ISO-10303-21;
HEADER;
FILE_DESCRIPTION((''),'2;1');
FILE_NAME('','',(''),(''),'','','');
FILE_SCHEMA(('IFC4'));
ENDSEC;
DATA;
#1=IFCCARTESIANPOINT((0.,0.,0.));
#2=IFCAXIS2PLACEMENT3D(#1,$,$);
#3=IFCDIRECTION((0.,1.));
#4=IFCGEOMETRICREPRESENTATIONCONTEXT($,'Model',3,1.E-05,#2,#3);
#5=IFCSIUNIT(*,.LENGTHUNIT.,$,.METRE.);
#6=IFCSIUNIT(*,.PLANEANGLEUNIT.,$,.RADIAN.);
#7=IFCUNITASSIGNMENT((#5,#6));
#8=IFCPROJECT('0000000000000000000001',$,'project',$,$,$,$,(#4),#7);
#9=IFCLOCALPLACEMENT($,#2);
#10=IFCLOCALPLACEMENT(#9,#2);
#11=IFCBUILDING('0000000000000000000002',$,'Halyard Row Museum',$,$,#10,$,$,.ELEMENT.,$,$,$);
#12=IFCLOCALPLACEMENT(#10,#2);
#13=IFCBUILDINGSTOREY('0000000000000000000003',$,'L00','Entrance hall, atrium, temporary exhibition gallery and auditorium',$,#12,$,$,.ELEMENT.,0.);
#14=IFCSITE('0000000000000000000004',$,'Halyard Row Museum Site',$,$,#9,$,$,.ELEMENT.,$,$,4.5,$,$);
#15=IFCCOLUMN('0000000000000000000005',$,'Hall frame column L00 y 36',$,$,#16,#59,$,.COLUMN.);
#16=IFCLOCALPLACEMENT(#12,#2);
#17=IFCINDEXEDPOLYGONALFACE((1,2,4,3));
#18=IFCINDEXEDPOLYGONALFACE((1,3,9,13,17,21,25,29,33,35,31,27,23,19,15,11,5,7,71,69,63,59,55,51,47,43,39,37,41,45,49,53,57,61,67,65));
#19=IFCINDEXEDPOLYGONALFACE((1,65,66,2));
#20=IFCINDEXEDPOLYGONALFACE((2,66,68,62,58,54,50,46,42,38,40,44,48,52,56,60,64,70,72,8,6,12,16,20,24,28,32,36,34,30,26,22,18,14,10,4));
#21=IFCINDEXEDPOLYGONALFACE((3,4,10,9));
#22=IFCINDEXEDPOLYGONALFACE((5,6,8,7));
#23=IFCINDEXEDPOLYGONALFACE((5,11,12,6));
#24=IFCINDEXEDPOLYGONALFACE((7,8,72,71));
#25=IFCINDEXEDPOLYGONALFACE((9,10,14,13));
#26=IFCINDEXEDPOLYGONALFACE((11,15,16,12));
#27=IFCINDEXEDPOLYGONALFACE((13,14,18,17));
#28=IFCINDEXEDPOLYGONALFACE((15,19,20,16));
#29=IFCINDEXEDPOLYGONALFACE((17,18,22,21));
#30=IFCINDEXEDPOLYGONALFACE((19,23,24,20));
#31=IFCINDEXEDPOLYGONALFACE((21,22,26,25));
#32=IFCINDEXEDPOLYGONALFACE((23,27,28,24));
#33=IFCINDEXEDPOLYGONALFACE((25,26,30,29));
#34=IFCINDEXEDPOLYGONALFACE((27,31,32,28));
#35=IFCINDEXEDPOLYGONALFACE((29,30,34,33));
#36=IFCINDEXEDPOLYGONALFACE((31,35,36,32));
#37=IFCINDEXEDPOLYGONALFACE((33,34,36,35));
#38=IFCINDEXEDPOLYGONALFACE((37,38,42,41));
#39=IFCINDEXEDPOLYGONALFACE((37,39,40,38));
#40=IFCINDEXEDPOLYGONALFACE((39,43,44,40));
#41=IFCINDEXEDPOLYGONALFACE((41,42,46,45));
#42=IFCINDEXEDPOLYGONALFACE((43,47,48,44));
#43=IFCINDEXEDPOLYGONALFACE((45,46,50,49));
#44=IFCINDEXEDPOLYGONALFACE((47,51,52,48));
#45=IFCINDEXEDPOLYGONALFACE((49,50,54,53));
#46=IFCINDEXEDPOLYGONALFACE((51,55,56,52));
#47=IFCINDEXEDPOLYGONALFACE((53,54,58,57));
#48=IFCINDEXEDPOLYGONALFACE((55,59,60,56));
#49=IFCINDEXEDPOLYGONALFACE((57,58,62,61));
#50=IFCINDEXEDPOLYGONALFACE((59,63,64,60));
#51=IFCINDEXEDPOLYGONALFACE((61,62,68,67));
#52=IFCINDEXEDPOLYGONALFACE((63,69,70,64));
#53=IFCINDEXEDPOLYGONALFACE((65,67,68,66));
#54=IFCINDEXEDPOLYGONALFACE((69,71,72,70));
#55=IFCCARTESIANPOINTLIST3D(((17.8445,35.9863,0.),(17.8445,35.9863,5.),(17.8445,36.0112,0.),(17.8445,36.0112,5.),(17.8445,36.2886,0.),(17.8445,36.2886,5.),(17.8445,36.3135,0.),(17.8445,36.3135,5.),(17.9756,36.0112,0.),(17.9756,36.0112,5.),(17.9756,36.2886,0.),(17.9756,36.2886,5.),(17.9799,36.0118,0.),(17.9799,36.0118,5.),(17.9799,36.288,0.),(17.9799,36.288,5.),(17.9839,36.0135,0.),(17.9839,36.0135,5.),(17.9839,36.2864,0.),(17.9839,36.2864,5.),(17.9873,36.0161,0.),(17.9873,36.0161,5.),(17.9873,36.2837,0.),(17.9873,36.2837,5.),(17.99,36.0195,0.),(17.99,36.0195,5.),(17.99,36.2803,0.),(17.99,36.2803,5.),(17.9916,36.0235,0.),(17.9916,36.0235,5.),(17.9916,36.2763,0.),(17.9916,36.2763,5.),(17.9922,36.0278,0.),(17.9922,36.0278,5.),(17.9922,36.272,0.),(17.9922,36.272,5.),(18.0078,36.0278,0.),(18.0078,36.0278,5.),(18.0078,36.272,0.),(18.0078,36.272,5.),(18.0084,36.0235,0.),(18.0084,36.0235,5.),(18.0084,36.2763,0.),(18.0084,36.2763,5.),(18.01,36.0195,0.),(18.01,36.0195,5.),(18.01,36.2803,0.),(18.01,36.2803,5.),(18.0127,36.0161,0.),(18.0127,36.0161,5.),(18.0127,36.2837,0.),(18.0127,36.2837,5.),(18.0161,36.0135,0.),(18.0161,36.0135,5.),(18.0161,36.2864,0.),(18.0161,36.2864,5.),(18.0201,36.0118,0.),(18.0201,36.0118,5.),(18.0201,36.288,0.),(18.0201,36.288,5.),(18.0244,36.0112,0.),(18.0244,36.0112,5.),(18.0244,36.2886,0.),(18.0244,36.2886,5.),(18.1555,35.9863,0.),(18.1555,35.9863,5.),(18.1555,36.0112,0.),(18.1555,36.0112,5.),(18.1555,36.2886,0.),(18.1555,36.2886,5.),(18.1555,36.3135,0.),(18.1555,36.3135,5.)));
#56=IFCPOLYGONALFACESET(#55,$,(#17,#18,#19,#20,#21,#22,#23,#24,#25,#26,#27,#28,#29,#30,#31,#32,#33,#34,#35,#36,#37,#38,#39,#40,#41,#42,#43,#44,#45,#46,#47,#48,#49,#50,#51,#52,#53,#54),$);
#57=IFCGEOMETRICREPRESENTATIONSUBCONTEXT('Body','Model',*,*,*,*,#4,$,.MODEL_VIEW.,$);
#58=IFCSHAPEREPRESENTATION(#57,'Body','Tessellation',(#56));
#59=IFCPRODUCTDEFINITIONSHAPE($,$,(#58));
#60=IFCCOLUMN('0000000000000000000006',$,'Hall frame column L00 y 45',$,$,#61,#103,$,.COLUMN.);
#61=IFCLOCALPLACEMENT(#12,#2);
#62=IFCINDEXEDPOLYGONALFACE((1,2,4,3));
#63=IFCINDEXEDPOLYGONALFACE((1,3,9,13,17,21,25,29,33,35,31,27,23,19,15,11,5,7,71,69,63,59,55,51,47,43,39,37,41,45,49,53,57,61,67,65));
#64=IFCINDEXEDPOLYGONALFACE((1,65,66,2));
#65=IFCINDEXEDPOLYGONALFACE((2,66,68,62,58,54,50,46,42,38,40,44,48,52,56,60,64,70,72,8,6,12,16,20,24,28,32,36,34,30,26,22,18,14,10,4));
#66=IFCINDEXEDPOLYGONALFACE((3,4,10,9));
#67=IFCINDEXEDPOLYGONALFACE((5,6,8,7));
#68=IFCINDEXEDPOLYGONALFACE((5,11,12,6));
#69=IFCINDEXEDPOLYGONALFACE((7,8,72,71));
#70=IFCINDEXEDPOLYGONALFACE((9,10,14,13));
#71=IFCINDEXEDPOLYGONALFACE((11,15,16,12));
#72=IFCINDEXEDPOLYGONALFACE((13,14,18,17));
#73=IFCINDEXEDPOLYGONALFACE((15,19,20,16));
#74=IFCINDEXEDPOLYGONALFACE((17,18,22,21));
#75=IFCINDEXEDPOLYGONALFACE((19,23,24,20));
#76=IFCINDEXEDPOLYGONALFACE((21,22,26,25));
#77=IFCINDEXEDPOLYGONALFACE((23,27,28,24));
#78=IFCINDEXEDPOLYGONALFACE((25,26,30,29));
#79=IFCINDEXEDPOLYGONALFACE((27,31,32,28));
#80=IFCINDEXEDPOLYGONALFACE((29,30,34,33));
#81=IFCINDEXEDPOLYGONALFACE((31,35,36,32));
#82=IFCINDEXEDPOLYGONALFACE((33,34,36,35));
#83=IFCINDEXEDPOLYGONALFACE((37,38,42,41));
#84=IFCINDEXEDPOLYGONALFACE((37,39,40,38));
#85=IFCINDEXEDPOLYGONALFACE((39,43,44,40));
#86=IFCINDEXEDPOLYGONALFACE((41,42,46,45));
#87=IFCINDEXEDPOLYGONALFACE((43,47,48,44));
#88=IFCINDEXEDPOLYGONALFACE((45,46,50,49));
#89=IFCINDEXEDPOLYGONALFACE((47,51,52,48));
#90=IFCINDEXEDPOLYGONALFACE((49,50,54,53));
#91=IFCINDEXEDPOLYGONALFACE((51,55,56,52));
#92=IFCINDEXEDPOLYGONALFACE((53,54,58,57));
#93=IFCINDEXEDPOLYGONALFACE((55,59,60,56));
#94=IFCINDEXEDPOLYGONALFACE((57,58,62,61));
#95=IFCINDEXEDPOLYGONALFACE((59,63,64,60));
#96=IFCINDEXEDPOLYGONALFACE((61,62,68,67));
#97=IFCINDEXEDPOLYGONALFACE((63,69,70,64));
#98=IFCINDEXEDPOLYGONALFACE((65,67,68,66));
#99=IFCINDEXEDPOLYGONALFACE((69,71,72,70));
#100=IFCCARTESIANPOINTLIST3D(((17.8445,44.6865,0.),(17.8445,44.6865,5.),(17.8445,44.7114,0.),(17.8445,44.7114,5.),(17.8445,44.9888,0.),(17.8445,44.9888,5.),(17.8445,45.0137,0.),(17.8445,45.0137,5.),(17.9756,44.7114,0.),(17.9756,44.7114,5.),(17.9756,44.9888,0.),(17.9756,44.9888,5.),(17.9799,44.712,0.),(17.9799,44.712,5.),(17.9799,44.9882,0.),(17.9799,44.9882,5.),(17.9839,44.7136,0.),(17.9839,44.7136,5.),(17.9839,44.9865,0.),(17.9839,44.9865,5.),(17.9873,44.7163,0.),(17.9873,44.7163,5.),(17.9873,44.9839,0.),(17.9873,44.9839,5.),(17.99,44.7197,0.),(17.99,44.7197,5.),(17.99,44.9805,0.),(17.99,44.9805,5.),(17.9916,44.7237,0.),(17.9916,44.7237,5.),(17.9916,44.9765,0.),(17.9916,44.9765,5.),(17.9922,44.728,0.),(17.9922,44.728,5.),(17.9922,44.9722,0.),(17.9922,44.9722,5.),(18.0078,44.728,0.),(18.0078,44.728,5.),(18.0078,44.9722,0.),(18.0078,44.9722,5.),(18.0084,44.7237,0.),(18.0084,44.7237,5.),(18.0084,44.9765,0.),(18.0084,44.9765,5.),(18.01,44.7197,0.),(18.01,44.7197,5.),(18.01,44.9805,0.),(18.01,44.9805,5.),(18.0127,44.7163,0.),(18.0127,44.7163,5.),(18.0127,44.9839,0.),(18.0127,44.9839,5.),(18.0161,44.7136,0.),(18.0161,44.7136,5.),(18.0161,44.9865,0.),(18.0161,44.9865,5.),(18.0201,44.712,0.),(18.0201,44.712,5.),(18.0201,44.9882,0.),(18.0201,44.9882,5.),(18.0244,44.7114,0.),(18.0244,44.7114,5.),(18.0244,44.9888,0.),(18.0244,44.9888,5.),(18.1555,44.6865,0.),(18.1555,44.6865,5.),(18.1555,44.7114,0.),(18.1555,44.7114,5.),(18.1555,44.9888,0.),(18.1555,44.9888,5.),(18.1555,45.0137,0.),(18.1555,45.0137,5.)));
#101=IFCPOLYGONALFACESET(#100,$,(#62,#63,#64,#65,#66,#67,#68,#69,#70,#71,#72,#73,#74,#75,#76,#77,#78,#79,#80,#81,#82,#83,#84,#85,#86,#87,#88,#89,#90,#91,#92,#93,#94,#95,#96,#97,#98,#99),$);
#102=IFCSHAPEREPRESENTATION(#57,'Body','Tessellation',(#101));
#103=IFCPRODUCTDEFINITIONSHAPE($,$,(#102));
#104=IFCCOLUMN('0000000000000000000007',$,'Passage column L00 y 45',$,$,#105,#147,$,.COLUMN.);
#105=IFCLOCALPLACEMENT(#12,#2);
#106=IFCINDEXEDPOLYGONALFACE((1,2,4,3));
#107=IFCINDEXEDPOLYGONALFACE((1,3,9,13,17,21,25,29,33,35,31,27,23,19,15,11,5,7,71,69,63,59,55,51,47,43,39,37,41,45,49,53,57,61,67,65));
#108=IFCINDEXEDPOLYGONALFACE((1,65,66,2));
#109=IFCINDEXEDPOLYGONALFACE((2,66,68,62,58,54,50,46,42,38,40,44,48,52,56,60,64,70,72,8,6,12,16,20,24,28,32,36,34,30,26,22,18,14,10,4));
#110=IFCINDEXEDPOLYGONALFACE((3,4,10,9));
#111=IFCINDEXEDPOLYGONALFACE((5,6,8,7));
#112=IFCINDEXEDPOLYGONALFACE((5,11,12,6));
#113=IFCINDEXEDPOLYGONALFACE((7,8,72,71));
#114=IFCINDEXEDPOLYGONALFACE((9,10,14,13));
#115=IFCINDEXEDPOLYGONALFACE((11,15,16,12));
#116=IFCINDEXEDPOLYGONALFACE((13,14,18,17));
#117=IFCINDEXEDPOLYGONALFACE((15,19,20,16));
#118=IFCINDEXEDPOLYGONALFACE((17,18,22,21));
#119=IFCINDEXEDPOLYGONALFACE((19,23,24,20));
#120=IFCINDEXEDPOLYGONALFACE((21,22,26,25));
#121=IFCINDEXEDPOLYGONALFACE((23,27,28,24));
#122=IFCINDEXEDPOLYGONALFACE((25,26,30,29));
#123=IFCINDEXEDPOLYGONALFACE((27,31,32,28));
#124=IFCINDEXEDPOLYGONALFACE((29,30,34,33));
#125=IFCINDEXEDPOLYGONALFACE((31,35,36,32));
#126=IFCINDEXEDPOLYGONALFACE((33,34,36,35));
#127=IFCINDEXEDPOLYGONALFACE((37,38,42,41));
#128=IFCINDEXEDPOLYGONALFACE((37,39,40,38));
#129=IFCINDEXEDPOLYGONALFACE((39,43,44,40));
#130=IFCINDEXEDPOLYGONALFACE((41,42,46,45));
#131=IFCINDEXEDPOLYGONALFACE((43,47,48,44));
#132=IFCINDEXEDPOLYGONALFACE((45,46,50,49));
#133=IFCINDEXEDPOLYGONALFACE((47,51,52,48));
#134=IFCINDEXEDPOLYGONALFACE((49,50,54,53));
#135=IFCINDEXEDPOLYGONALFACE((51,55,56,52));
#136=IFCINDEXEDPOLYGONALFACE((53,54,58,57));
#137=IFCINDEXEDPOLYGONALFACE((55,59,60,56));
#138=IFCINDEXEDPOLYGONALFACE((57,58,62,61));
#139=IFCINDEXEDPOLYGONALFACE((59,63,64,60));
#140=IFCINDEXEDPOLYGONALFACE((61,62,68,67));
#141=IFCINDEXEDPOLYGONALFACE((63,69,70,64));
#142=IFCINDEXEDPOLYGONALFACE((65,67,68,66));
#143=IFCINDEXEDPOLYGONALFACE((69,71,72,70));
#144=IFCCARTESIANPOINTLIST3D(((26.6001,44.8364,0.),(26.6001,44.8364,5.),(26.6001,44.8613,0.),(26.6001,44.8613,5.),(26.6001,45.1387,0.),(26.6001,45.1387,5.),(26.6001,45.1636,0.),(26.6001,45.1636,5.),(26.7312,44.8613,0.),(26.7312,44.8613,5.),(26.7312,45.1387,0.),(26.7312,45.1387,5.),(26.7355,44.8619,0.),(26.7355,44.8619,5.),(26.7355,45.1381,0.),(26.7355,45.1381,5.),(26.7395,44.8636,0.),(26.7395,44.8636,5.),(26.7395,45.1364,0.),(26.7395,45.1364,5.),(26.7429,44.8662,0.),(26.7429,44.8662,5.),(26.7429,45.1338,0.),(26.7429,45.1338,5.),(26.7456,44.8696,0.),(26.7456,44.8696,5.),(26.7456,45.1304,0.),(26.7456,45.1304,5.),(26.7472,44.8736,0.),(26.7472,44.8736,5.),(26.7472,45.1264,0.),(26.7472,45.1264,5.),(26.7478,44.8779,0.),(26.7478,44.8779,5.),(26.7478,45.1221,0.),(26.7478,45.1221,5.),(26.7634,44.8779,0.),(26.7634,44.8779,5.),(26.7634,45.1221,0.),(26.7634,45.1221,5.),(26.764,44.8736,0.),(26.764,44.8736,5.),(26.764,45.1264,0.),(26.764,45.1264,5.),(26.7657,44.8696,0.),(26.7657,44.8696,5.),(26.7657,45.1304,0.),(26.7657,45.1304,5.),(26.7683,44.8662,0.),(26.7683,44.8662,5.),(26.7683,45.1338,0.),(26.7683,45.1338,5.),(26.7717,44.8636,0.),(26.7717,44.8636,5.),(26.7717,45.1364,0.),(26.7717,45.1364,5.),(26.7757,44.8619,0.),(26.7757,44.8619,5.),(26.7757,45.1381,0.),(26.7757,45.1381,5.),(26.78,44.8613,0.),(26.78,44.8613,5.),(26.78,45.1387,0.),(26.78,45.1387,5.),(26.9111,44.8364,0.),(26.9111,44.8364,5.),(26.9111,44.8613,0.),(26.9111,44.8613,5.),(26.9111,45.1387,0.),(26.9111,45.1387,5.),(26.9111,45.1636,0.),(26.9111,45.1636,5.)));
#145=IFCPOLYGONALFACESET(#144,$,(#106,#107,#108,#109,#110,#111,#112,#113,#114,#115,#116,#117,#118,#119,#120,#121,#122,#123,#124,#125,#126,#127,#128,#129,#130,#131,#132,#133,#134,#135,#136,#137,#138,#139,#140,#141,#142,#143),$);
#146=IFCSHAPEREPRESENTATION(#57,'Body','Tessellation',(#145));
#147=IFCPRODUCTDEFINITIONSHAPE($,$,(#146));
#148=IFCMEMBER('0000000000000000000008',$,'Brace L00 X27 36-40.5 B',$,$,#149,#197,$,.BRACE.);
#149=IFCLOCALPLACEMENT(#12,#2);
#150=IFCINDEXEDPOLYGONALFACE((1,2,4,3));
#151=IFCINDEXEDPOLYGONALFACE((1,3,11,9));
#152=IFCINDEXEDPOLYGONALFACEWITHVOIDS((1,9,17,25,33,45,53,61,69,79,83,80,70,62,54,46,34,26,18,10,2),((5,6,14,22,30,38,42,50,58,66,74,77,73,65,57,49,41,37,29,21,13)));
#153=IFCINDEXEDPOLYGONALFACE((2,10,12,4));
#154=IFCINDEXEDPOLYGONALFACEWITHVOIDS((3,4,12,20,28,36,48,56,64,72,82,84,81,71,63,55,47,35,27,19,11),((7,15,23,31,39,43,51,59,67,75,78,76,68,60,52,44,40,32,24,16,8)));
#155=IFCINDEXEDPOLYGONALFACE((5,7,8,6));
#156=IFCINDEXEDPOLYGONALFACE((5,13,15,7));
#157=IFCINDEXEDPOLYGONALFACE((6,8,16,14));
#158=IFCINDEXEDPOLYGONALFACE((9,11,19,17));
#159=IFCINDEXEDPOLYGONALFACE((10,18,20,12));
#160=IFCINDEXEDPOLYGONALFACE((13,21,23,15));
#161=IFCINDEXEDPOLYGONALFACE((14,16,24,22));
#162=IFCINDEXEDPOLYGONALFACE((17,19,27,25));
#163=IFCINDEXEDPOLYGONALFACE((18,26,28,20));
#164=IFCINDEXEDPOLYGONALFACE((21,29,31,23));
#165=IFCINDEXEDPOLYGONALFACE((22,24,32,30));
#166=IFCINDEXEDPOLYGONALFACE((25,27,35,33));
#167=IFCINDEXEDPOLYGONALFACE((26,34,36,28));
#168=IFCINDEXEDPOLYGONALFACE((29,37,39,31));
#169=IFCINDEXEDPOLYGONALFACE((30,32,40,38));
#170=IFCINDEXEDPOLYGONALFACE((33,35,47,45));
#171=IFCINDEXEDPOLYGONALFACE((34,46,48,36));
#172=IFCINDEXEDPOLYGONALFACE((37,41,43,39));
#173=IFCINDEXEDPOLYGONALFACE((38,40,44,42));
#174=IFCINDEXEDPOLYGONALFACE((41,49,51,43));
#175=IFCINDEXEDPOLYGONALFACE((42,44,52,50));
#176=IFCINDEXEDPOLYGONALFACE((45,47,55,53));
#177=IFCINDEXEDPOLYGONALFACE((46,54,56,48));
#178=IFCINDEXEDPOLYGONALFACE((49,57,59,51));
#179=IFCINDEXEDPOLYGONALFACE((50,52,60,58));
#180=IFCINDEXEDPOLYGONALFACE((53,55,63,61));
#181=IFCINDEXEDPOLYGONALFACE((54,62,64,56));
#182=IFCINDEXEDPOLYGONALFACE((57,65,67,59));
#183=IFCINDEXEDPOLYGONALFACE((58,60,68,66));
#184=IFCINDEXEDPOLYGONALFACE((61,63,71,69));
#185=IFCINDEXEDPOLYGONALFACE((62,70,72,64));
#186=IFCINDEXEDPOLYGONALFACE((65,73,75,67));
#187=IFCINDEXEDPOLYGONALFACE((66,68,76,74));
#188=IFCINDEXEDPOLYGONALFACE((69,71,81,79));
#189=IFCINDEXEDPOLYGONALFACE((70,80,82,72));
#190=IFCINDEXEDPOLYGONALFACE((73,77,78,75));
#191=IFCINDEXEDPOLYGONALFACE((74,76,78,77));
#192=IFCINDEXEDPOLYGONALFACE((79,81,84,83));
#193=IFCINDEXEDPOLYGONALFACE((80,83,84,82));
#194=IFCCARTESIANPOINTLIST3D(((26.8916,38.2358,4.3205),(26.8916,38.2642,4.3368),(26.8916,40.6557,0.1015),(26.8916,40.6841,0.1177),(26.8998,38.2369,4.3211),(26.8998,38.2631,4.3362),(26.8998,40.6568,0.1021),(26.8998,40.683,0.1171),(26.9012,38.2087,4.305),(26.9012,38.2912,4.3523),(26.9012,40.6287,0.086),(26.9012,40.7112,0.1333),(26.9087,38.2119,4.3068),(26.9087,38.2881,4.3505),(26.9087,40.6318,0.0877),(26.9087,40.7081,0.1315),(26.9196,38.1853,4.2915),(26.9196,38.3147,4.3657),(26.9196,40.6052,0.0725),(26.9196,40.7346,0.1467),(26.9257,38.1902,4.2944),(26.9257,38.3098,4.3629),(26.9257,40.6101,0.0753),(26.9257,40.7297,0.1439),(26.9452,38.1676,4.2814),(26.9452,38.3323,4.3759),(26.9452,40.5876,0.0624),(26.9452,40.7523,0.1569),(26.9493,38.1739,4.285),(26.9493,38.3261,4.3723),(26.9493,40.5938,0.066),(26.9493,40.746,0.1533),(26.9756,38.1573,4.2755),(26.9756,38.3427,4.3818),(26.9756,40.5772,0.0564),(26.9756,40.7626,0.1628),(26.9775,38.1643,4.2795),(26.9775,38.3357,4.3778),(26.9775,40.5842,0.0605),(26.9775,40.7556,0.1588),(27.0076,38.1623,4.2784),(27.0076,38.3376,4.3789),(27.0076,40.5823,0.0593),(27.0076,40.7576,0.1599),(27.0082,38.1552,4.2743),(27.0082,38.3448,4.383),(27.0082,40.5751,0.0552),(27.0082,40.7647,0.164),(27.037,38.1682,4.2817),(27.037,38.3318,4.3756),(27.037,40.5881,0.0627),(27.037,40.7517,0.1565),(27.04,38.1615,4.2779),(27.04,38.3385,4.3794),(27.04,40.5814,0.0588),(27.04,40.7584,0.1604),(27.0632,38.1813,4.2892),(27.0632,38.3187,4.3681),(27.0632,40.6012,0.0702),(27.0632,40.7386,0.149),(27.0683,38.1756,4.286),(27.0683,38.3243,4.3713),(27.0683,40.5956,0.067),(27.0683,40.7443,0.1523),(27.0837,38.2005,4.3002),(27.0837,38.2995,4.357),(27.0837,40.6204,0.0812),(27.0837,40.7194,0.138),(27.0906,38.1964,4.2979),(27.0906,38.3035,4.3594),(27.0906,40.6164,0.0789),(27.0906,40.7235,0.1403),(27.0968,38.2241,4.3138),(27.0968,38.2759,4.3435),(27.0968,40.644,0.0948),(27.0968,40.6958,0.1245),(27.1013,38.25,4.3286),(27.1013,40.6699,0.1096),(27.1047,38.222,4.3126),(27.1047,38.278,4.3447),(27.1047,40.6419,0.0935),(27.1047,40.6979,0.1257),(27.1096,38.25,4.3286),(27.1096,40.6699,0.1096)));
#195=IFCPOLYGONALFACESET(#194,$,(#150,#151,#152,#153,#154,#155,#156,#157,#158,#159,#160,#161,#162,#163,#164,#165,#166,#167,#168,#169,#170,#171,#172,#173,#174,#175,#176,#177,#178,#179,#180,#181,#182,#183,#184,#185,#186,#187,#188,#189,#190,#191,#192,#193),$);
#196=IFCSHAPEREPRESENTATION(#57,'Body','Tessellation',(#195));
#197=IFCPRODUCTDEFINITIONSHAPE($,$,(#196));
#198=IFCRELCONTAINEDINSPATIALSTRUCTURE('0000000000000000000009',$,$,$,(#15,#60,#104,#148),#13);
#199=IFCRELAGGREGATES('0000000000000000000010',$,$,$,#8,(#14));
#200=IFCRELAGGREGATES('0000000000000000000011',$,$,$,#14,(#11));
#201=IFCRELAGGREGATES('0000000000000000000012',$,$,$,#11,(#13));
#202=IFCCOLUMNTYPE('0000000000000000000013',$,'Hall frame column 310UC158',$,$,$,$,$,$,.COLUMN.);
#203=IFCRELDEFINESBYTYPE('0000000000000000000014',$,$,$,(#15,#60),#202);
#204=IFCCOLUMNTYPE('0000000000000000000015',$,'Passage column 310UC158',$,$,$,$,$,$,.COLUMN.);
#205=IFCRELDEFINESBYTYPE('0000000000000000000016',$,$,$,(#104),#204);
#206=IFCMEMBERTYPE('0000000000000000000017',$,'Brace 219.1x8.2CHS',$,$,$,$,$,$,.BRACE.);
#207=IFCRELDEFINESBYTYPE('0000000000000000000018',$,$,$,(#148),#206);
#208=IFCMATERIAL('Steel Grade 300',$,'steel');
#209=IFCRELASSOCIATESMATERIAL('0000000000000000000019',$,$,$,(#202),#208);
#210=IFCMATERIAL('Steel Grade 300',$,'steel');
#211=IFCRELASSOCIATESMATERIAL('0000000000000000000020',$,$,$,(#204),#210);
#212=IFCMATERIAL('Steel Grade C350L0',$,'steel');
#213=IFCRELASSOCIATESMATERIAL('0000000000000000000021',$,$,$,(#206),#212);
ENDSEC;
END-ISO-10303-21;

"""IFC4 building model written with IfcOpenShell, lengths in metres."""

from ifc_helpers import new_model, si_unit, direction, frame, origin, origin_2d, place, context, subcontext, project, spatial, hollow_circle, i_section, extrude, material, material_profile, profile_set, type_object, element, save


model = new_model("IFC4")

# Units and contexts
model_context = context("Model", 3, precision=1e-05, world=origin(), true_north=direction((0.0, 1.0)))
body_context = subcontext(model_context, "Body", "Model", "MODEL_VIEW")
ifc_project = project(units=[si_unit("LENGTHUNIT", "METRE"), si_unit("PLANEANGLEUNIT", "RADIAN")], contexts=[model_context])

# Site, building, storey
site_placement = place(None, origin())
site = spatial("IfcSite", under=ifc_project, at=site_placement, Name="Halyard Row Museum Site", CompositionType="ELEMENT", RefElevation=4.5)
building_placement = place(site_placement, origin())
building = spatial("IfcBuilding", under=site, at=building_placement, Name="Halyard Row Museum", CompositionType="ELEMENT")
storey_placement = place(building_placement, origin())
storey = spatial("IfcBuildingStorey", under=building, at=storey_placement, Name="L00", Description="Entrance hall, atrium, temporary exhibition gallery and auditorium", CompositionType="ELEMENT", Elevation=0.0)

# Columns
ifc_material_1 = material(Name="Steel Grade 300", Category="steel")
ifc_material_profile_1 = material_profile(ifc_material_1, i_section(OverallWidth=0.311, OverallDepth=0.3271, WebThickness=0.0156, FlangeThickness=0.0249, FilletRadius=0.0166, at=origin_2d()), Name="310UC158")
ifc_profile_set_1 = profile_set([ifc_material_profile_1], Name="Steel Grade 300")
column_type_1 = type_object("IfcColumnType", Name="Hall frame column 310UC158", PredefinedType="COLUMN", material=ifc_profile_set_1)
for number, where, z_axis, x_axis, name in (
    (1, (18.0, 36.1499, 0.0), (0.0, 0.0, 1.0), (1.0, 0.0, 0.0), "Hall frame column L00 y 36"),
    (2, (18.0, 44.8501, 0.0), (0.0, 0.0, 1.0), (1.0, 0.0, 0.0), "Hall frame column L00 y 45"),
):
    element("IfcColumn", number, at=place(storey_placement, frame(where, z_axis=z_axis, x_axis=x_axis)), inside=storey, type_object=column_type_1, Name=name, PredefinedType="COLUMN", context=body_context, shape_type="SweptSolid", body=[
        extrude(i_section(OverallWidth=0.311, OverallDepth=0.3271, WebThickness=0.0156, FlangeThickness=0.0249, FilletRadius=0.0166, at=origin_2d()), origin(), (0.0, 0.0, 1.0), 5.0),
    ])
ifc_material_2 = material(Name="Steel Grade 300", Category="steel")
ifc_material_profile_2 = material_profile(ifc_material_2, i_section(OverallWidth=0.311, OverallDepth=0.3271, WebThickness=0.0156, FlangeThickness=0.0249, FilletRadius=0.0166, at=origin_2d()), Name="310UC158")
ifc_profile_set_2 = profile_set([ifc_material_profile_2], Name="Steel Grade 300")
column_type_2 = type_object("IfcColumnType", Name="Passage column 310UC158", PredefinedType="COLUMN", material=ifc_profile_set_2)
column_placement = place(storey_placement, frame((26.7556, 45.0, 0.0), z_axis=(0.0, 0.0, 1.0), x_axis=(1.0, 0.0, 0.0)))
element("IfcColumn", 3, at=column_placement, inside=storey, type_object=column_type_2, Name="Passage column L00 y 45", PredefinedType="COLUMN", context=body_context, shape_type="SweptSolid", body=[
    extrude(i_section(OverallWidth=0.311, OverallDepth=0.3271, WebThickness=0.0156, FlangeThickness=0.0249, FilletRadius=0.0166, at=origin_2d()), origin(), (0.0, 0.0, 1.0), 5.0),
])

# Member
ifc_material_3 = material(Name="Steel Grade C350L0", Category="steel")
ifc_material_profile_3 = material_profile(ifc_material_3, hollow_circle(Radius=0.1096, WallThickness=0.0083, at=origin_2d()), Name="219.1x8.2CHS")
ifc_profile_set_3 = profile_set([ifc_material_profile_3], Name="Steel Grade C350L0")
member_type = type_object("IfcMemberType", Name="Brace 219.1x8.2CHS", PredefinedType="BRACE", material=ifc_profile_set_3)
member_1_placement = place(storey_placement, frame((27.0, 40.6699, 0.1096), z_axis=(0.0, -0.497544, 0.867439), x_axis=(1.0, 0.0, 0.0)))
element("IfcMember", 4, at=member_1_placement, inside=storey, type_object=member_type, Name="Brace L00 X27 36-40.5 B", PredefinedType="BRACE", context=body_context, shape_type="SweptSolid", body=[
    extrude(hollow_circle(Radius=0.1096, WallThickness=0.0083, at=origin_2d()), origin(), (0.0, 0.0, 1.0), 4.8638),
])

save(model, "model.ifc")
